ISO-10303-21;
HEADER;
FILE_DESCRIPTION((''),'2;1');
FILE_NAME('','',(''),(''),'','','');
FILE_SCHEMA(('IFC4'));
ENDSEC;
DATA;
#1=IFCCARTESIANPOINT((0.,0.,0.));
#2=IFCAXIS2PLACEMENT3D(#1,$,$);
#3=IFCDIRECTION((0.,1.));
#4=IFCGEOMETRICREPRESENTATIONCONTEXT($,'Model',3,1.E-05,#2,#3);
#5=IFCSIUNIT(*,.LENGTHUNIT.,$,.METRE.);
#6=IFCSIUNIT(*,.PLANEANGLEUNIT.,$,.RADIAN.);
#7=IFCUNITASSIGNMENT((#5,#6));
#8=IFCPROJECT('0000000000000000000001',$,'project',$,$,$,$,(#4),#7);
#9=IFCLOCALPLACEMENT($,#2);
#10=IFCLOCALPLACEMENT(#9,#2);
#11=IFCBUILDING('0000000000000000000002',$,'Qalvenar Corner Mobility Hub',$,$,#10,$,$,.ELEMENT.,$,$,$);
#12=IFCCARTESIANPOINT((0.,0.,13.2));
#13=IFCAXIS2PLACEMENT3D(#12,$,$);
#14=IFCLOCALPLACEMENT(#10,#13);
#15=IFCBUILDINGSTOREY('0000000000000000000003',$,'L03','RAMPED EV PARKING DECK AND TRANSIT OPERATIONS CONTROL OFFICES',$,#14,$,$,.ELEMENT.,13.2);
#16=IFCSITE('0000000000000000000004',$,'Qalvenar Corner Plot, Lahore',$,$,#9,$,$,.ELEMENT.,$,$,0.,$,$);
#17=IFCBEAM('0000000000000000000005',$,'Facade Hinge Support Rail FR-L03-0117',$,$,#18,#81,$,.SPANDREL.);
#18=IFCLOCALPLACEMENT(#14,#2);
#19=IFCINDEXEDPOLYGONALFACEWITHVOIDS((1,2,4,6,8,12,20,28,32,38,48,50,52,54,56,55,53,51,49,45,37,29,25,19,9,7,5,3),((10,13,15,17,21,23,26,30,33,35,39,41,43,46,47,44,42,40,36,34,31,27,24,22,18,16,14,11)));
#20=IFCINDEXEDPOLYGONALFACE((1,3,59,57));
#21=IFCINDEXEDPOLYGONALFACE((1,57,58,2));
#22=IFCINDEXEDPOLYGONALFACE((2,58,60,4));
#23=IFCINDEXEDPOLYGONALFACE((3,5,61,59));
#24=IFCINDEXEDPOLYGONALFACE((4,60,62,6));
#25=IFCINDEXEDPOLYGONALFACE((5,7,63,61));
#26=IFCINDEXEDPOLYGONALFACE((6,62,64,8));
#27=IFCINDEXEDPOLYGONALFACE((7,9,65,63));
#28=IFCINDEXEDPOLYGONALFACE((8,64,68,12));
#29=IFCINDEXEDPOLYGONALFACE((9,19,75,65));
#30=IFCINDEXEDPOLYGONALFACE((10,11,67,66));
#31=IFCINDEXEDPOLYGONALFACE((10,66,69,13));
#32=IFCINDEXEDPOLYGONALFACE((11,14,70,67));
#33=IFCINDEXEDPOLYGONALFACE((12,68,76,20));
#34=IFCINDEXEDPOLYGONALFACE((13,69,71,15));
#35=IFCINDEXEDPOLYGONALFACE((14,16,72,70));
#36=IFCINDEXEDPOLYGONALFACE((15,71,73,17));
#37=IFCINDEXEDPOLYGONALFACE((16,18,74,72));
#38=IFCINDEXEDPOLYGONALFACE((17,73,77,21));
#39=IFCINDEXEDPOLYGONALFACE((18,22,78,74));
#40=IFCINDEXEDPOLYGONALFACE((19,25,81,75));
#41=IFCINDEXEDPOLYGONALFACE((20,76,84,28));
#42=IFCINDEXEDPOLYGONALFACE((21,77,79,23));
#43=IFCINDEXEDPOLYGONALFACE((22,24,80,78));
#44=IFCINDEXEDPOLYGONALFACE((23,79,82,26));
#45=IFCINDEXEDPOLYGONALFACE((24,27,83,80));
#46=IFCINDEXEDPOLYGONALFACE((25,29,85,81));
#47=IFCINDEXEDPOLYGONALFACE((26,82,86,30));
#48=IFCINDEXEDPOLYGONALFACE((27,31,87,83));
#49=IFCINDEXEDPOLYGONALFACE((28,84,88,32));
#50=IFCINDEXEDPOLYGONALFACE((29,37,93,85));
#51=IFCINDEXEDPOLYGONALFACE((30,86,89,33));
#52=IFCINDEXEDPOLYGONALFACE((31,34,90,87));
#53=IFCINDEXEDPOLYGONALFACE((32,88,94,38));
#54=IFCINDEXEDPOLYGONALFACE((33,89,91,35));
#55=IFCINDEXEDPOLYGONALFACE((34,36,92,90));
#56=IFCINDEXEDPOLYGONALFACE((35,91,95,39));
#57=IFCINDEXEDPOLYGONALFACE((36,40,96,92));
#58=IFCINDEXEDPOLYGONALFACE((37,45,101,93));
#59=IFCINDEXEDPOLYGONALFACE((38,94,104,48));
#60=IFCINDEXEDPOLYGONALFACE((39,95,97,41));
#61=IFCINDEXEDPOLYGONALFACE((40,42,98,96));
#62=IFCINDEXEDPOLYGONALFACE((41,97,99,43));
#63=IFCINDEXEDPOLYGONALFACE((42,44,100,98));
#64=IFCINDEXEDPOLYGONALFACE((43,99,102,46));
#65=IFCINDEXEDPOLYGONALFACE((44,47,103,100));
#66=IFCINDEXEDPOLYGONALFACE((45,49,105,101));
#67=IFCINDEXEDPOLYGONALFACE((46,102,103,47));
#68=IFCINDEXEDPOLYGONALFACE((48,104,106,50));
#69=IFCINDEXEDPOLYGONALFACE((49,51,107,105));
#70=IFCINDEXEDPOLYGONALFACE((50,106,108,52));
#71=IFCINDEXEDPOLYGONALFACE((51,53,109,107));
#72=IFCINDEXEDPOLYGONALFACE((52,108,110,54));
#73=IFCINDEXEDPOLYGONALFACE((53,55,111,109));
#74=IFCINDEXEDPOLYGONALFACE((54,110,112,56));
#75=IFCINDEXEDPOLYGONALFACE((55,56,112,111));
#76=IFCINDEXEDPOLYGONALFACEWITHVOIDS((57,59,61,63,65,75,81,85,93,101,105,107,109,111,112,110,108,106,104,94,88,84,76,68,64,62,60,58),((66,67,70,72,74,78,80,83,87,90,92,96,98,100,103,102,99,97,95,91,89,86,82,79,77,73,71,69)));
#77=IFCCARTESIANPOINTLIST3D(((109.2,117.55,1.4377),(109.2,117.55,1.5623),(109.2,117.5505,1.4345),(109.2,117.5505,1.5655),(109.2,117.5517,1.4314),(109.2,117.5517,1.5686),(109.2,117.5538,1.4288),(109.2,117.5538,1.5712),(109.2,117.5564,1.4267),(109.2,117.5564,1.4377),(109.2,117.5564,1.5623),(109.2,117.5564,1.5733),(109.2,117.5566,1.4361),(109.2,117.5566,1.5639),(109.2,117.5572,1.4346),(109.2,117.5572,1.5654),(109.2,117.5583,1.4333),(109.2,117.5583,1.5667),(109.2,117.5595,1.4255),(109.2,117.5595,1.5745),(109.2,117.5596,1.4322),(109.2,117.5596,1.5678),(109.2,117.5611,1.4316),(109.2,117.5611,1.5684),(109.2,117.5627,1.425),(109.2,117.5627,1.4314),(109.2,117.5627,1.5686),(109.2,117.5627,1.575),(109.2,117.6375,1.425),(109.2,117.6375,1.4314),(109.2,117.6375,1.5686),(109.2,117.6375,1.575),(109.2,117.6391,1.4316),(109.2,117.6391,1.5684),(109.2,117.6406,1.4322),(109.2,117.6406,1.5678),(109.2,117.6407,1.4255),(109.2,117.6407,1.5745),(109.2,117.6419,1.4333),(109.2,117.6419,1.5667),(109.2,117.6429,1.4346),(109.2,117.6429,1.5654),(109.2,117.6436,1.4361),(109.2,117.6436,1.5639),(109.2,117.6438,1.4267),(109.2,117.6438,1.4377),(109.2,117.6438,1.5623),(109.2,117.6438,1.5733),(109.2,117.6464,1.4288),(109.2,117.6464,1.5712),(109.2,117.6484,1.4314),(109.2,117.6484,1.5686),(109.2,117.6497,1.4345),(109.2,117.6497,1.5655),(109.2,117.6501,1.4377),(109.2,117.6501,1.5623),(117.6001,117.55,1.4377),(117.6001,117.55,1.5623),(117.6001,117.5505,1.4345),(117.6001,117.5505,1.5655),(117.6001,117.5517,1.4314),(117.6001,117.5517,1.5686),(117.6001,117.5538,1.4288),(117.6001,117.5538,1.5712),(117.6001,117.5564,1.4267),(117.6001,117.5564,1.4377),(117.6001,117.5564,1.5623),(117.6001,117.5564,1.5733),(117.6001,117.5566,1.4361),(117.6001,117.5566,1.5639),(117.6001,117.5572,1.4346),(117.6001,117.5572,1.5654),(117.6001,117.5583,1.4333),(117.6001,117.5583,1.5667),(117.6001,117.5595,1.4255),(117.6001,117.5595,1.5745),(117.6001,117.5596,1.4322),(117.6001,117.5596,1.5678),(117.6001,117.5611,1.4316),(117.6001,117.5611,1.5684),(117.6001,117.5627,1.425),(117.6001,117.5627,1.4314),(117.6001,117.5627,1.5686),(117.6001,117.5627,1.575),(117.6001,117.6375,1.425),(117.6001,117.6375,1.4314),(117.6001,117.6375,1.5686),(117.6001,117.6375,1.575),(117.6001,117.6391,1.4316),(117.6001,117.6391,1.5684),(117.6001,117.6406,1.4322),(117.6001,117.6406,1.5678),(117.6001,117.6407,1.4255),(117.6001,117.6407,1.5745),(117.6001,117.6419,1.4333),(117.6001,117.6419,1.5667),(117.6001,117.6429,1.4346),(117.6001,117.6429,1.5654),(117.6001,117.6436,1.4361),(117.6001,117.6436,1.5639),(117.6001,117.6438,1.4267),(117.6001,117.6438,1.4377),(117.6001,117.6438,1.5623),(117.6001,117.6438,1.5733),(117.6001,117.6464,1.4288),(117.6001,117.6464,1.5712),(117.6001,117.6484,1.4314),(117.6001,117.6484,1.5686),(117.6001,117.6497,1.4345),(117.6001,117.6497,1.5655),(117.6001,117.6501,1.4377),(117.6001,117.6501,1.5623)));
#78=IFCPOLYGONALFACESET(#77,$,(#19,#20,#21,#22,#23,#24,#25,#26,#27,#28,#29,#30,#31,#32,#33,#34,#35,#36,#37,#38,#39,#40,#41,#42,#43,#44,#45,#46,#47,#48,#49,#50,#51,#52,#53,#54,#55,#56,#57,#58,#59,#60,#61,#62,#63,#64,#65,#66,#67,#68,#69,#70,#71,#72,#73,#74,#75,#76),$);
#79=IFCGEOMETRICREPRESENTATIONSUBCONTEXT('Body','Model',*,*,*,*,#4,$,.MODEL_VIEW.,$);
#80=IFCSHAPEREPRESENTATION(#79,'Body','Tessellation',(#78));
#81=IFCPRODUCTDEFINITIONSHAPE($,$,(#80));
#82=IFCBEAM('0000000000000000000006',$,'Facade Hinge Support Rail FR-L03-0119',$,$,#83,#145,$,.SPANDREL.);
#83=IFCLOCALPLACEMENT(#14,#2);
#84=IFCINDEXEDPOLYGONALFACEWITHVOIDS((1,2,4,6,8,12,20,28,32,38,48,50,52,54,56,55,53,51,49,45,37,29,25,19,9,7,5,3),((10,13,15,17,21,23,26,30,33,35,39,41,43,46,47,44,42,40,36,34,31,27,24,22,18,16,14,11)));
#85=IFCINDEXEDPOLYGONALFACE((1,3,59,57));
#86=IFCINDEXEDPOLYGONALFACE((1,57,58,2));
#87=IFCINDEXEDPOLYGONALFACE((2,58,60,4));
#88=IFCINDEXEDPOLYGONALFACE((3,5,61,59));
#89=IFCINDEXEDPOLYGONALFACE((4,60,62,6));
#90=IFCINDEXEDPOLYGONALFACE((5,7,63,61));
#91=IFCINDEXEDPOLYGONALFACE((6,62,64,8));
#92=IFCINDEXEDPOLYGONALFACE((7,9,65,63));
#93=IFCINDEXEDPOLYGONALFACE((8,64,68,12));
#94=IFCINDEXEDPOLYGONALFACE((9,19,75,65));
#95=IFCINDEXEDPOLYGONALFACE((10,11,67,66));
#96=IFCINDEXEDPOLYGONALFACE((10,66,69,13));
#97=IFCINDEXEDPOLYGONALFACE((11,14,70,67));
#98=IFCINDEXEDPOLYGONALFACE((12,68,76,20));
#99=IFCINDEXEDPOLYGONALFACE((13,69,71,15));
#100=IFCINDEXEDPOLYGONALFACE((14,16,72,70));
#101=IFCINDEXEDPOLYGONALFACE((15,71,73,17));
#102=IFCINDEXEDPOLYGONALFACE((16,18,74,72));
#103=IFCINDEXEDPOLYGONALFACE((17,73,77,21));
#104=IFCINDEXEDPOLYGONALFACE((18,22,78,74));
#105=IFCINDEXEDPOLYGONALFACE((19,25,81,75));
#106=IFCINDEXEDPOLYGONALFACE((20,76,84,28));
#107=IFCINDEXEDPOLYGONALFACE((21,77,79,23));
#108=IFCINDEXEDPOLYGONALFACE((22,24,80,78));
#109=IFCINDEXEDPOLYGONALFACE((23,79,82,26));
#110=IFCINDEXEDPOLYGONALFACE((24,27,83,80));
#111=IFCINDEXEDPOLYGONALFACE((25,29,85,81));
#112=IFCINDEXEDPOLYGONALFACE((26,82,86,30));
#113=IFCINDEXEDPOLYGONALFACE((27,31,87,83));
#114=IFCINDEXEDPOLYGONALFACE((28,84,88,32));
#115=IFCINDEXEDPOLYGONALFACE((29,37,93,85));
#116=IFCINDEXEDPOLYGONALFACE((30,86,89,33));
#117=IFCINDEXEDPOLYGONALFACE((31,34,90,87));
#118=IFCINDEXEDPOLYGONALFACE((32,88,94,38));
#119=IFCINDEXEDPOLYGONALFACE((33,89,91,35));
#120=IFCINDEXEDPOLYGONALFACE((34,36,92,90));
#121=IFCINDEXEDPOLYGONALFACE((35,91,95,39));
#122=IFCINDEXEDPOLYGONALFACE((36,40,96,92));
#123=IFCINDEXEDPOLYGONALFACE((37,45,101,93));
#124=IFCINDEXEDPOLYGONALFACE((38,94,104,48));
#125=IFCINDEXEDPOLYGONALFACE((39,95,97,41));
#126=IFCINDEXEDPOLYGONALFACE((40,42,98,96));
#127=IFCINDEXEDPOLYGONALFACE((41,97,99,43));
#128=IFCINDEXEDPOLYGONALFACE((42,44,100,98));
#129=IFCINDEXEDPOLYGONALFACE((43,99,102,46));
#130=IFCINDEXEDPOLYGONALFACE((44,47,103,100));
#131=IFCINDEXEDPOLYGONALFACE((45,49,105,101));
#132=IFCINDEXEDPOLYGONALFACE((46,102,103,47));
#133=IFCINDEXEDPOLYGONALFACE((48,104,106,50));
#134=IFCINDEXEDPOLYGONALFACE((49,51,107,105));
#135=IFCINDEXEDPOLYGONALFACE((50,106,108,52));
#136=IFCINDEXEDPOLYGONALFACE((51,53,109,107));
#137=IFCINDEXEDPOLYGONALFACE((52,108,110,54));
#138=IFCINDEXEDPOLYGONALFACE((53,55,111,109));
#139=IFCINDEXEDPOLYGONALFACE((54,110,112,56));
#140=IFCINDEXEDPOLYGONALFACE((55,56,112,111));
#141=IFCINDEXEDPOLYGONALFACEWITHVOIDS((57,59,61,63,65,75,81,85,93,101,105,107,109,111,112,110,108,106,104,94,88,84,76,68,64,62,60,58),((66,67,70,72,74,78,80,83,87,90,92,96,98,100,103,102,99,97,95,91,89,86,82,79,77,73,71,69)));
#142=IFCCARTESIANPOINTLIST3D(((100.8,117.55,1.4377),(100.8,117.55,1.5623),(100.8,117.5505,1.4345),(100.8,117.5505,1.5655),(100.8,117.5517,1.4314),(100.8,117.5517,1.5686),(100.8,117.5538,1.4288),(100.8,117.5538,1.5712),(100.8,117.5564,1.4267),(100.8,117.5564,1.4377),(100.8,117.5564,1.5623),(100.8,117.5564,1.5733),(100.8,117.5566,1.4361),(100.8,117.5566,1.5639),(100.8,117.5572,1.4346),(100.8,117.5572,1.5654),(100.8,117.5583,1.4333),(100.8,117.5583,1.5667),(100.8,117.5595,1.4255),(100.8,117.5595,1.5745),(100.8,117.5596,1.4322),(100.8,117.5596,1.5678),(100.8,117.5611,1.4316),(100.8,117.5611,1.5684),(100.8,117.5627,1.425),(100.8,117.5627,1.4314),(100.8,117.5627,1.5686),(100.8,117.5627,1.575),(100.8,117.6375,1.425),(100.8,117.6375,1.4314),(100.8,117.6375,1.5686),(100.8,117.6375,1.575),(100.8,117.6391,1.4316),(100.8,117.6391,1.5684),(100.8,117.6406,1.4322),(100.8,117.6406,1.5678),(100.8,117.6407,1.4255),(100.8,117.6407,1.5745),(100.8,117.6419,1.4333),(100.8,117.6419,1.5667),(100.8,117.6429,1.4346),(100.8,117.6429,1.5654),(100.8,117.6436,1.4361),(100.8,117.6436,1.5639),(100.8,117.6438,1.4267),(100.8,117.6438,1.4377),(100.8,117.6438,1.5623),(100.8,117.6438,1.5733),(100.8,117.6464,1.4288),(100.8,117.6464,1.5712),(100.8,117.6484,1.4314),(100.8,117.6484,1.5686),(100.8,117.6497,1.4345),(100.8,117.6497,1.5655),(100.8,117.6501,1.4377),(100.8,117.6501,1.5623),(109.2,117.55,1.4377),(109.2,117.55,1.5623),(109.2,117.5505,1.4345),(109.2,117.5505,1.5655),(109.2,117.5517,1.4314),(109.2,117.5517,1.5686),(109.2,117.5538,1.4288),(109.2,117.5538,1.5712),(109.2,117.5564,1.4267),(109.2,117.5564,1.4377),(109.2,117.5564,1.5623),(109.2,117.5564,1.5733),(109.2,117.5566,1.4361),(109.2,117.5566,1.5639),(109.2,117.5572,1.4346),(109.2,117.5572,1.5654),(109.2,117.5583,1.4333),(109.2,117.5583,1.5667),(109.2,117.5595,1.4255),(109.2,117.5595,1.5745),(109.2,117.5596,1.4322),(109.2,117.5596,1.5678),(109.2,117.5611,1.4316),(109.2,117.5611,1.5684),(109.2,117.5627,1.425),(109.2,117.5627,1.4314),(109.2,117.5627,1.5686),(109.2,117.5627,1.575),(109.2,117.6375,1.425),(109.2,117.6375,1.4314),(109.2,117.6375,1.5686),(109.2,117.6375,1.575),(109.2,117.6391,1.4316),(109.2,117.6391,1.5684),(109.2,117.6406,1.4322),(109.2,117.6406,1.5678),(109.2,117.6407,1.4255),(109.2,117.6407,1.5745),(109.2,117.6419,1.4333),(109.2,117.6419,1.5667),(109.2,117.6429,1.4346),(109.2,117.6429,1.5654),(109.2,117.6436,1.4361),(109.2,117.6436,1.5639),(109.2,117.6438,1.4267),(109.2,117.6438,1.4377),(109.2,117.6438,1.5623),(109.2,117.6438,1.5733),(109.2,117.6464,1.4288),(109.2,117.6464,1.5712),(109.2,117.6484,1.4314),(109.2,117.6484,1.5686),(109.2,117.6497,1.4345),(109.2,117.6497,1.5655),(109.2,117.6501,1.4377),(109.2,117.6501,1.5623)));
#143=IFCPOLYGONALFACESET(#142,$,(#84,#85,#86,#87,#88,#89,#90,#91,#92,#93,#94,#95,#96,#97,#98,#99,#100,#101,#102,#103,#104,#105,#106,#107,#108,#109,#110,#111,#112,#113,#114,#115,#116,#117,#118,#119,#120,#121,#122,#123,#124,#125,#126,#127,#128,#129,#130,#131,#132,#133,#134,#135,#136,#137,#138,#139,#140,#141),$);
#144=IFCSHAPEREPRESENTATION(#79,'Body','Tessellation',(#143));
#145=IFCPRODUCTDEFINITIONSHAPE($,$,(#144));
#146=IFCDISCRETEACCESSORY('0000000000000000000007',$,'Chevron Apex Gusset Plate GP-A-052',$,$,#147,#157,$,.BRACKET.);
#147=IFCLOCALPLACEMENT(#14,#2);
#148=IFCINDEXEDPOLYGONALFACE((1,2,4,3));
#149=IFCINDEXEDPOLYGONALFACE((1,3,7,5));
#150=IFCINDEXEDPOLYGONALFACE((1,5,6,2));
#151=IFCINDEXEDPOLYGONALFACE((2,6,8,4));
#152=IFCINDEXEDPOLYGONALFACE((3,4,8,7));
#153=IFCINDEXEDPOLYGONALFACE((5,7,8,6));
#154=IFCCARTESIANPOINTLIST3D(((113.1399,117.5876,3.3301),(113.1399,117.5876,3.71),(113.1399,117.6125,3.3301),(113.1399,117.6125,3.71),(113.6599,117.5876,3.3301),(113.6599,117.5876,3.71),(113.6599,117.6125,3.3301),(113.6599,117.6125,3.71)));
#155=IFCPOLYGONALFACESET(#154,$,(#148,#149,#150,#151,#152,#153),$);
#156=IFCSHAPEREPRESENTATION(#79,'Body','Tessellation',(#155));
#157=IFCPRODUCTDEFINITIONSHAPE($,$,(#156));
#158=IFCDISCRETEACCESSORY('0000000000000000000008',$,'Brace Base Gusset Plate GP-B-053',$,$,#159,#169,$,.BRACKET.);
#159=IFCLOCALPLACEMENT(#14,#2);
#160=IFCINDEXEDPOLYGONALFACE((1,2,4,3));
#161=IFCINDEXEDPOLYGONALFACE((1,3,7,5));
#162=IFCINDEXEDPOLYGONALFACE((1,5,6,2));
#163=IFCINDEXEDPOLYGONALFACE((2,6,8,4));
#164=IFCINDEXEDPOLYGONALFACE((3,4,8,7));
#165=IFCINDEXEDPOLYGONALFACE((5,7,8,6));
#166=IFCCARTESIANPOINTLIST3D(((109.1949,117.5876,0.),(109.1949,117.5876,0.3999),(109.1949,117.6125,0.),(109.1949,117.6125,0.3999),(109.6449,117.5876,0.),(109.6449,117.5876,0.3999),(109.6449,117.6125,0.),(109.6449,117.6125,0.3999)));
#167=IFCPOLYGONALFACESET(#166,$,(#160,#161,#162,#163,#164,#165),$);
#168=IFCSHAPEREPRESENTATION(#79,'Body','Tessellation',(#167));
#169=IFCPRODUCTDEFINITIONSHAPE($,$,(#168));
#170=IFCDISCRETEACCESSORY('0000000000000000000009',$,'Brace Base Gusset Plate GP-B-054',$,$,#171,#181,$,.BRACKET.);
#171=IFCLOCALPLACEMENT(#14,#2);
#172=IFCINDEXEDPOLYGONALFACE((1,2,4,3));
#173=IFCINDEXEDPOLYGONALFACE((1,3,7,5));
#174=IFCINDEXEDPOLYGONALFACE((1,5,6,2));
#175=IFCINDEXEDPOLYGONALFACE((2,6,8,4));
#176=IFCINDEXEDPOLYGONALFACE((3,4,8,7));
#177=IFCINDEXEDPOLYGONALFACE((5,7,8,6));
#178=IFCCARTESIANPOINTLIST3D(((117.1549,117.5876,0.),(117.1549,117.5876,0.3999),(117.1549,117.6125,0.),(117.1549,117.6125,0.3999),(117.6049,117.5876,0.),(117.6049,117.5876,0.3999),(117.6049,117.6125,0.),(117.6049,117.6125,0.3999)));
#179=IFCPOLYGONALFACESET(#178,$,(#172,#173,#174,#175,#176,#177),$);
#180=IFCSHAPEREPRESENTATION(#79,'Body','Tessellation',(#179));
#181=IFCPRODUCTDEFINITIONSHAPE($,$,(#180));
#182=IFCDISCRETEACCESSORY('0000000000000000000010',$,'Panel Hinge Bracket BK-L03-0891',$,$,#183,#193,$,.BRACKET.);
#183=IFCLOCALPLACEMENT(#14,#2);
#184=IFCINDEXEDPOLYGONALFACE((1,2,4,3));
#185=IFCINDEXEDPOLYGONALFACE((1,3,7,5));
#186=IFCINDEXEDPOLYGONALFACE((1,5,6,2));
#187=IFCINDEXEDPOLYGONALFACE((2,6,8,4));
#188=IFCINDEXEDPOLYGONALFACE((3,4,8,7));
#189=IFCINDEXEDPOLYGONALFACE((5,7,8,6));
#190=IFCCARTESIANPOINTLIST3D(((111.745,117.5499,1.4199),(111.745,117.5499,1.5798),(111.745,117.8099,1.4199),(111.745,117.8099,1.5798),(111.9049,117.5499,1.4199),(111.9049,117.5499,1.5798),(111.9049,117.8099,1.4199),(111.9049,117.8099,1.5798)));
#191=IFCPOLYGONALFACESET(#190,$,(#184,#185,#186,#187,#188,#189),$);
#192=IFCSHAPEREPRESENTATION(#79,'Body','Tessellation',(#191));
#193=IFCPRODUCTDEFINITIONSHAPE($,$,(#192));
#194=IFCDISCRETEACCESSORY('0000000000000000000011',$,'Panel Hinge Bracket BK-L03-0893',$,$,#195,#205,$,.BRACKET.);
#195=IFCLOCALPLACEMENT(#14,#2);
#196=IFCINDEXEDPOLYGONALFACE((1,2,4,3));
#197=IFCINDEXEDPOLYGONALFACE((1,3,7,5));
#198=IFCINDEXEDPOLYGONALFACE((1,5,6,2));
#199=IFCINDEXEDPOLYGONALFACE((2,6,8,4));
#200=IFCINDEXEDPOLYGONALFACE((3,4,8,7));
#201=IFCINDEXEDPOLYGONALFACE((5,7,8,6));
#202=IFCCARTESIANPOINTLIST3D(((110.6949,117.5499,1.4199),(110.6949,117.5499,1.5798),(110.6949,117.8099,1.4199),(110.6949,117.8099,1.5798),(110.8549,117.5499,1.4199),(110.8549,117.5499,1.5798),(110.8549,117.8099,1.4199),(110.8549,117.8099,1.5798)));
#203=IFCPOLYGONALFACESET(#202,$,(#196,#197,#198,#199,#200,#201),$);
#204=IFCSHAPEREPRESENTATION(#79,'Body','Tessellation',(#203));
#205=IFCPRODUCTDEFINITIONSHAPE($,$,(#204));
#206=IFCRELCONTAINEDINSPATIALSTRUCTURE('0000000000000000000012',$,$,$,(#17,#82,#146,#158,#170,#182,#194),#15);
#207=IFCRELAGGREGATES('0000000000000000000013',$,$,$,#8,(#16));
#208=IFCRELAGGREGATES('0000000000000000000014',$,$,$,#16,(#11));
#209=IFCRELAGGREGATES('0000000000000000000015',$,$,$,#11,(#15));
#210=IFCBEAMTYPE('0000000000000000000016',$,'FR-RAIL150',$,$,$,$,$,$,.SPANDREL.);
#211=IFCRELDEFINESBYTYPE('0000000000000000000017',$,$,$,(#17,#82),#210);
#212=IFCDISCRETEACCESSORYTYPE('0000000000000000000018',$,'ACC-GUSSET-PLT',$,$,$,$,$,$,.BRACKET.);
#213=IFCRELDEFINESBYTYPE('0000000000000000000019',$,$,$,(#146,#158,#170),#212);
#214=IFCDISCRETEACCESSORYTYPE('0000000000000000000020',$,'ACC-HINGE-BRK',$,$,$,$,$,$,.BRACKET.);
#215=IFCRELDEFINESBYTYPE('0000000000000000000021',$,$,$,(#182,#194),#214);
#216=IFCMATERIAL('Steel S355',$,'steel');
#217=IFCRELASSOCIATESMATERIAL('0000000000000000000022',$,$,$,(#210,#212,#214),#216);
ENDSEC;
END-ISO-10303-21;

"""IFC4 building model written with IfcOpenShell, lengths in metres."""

from ifc_helpers import new_model, si_unit, direction, frame, origin, origin_2d, place, context, subcontext, project, spatial, rectangle, hollow_rectangle, extrude, material, material_profile, profile_set, type_object, element, save


model = new_model("IFC4")

# Units and contexts
model_context = context("Model", 3, precision=1e-05, world=origin(), true_north=direction((0.0, 1.0)))
body_context = subcontext(model_context, "Body", "Model", "MODEL_VIEW")
ifc_project = project(units=[si_unit("LENGTHUNIT", "METRE"), si_unit("PLANEANGLEUNIT", "RADIAN")], contexts=[model_context])

# Site, building, storey
site_placement = place(None, origin())
site = spatial("IfcSite", under=ifc_project, at=site_placement, Name="Qalvenar Corner Plot, Lahore", CompositionType="ELEMENT", RefElevation=0.0)
building_placement = place(site_placement, origin())
building = spatial("IfcBuilding", under=site, at=building_placement, Name="Qalvenar Corner Mobility Hub", CompositionType="ELEMENT")
storey_placement = place(building_placement, frame((0.0, 0.0, 13.2)))
storey = spatial("IfcBuildingStorey", under=building, at=storey_placement, Name="L03", Description="RAMPED EV PARKING DECK AND TRANSIT OPERATIONS CONTROL OFFICES", CompositionType="ELEMENT", Elevation=13.2)

# Shared definitions
ifc_material = material(Name="Steel S355", Category="steel")

# Beams
ifc_material_profile_1 = material_profile(ifc_material, hollow_rectangle(XDim=0.1001, YDim=0.1499, WallThickness=0.0063, InnerFilletRadius=0.0063, OuterFilletRadius=0.0127, at=origin_2d()), Name="RHS150x100x6.3")
ifc_profile_set_1 = profile_set([ifc_material_profile_1], Name="Steel S355")
beam_type_1 = type_object("IfcBeamType", Name="FR-RAIL150", PredefinedType="SPANDREL", material=ifc_profile_set_1)
beam_1_placement = place(storey_placement, frame((117.6001, 117.6001, 1.5), z_axis=(-1.0, 0.0, 0.0), x_axis=(0.0, -1.0, 0.0)))
element("IfcBeam", 1, at=beam_1_placement, inside=storey, type_object=beam_type_1, Name="Facade Hinge Support Rail FR-L03-0117", PredefinedType="SPANDREL", context=body_context, shape_type="SweptSolid", body=[
    extrude(hollow_rectangle(XDim=0.1001, YDim=0.1499, WallThickness=0.0063, InnerFilletRadius=0.0063, OuterFilletRadius=0.0127, at=origin_2d()), origin(), (0.0, 0.0, 1.0), 8.4001),
])
beam_2_placement = place(storey_placement, frame((109.2, 117.6001, 1.5), z_axis=(-1.0, 0.0, 0.0), x_axis=(0.0, -1.0, 0.0)))
element("IfcBeam", 2, at=beam_2_placement, inside=storey, type_object=beam_type_1, Name="Facade Hinge Support Rail FR-L03-0119", PredefinedType="SPANDREL", context=body_context, shape_type="SweptSolid", body=[
    extrude(hollow_rectangle(XDim=0.1001, YDim=0.1499, WallThickness=0.0063, InnerFilletRadius=0.0063, OuterFilletRadius=0.0127, at=origin_2d()), origin(), (0.0, 0.0, 1.0), 8.3999),
])

# Discrete accessories
discrete_accessory_type_1 = type_object("IfcDiscreteAccessoryType", Name="ACC-GUSSET-PLT", PredefinedType="BRACKET", material=ifc_material)
discrete_accessory_placement = place(storey_placement, frame((113.3999, 117.6001, 3.3301), z_axis=(0.0, 0.0, 1.0), x_axis=(1.0, 0.0, 0.0)))
element("IfcDiscreteAccessory", 3, at=discrete_accessory_placement, inside=storey, type_object=discrete_accessory_type_1, Name="Chevron Apex Gusset Plate GP-A-052", PredefinedType="BRACKET", context=body_context, shape_type="SweptSolid", body=[
    extrude(rectangle(XDim=0.52, YDim=0.0249, at=origin_2d()), origin(), (0.0, 0.0, 1.0), 0.3799),
])
for number, where, z_axis, x_axis, name in (
    (4, (109.4199, 117.6001, 0.0), (0.0, 0.0, 1.0), (1.0, 0.0, 0.0), "Brace Base Gusset Plate GP-B-053"),
    (5, (117.3799, 117.6001, 0.0), (0.0, 0.0, 1.0), (1.0, 0.0, 0.0), "Brace Base Gusset Plate GP-B-054"),
):
    element("IfcDiscreteAccessory", number, at=place(storey_placement, frame(where, z_axis=z_axis, x_axis=x_axis)), inside=storey, type_object=discrete_accessory_type_1, Name=name, PredefinedType="BRACKET", context=body_context, shape_type="SweptSolid", body=[
        extrude(rectangle(XDim=0.45, YDim=0.0249, at=origin_2d()), origin(), (0.0, 0.0, 1.0), 0.3999),
    ])
discrete_accessory_type_2 = type_object("IfcDiscreteAccessoryType", Name="ACC-HINGE-BRK", PredefinedType="BRACKET", material=ifc_material)
for number, where, z_axis, x_axis, name in (
    (6, (111.825, 117.6799, 1.4199), (0.0, 0.0, 1.0), (-1.0, 0.0, 0.0), "Panel Hinge Bracket BK-L03-0891"),
    (7, (110.7749, 117.6799, 1.4199), (0.0, 0.0, 1.0), (-1.0, 0.0, 0.0), "Panel Hinge Bracket BK-L03-0893"),
):
    element("IfcDiscreteAccessory", number, at=place(storey_placement, frame(where, z_axis=z_axis, x_axis=x_axis)), inside=storey, type_object=discrete_accessory_type_2, Name=name, PredefinedType="BRACKET", context=body_context, shape_type="SweptSolid", body=[
        extrude(rectangle(XDim=0.1599, YDim=0.26, at=origin_2d()), origin(), (0.0, 0.0, 1.0), 0.1599),
    ])

save(model, "model.ifc")
